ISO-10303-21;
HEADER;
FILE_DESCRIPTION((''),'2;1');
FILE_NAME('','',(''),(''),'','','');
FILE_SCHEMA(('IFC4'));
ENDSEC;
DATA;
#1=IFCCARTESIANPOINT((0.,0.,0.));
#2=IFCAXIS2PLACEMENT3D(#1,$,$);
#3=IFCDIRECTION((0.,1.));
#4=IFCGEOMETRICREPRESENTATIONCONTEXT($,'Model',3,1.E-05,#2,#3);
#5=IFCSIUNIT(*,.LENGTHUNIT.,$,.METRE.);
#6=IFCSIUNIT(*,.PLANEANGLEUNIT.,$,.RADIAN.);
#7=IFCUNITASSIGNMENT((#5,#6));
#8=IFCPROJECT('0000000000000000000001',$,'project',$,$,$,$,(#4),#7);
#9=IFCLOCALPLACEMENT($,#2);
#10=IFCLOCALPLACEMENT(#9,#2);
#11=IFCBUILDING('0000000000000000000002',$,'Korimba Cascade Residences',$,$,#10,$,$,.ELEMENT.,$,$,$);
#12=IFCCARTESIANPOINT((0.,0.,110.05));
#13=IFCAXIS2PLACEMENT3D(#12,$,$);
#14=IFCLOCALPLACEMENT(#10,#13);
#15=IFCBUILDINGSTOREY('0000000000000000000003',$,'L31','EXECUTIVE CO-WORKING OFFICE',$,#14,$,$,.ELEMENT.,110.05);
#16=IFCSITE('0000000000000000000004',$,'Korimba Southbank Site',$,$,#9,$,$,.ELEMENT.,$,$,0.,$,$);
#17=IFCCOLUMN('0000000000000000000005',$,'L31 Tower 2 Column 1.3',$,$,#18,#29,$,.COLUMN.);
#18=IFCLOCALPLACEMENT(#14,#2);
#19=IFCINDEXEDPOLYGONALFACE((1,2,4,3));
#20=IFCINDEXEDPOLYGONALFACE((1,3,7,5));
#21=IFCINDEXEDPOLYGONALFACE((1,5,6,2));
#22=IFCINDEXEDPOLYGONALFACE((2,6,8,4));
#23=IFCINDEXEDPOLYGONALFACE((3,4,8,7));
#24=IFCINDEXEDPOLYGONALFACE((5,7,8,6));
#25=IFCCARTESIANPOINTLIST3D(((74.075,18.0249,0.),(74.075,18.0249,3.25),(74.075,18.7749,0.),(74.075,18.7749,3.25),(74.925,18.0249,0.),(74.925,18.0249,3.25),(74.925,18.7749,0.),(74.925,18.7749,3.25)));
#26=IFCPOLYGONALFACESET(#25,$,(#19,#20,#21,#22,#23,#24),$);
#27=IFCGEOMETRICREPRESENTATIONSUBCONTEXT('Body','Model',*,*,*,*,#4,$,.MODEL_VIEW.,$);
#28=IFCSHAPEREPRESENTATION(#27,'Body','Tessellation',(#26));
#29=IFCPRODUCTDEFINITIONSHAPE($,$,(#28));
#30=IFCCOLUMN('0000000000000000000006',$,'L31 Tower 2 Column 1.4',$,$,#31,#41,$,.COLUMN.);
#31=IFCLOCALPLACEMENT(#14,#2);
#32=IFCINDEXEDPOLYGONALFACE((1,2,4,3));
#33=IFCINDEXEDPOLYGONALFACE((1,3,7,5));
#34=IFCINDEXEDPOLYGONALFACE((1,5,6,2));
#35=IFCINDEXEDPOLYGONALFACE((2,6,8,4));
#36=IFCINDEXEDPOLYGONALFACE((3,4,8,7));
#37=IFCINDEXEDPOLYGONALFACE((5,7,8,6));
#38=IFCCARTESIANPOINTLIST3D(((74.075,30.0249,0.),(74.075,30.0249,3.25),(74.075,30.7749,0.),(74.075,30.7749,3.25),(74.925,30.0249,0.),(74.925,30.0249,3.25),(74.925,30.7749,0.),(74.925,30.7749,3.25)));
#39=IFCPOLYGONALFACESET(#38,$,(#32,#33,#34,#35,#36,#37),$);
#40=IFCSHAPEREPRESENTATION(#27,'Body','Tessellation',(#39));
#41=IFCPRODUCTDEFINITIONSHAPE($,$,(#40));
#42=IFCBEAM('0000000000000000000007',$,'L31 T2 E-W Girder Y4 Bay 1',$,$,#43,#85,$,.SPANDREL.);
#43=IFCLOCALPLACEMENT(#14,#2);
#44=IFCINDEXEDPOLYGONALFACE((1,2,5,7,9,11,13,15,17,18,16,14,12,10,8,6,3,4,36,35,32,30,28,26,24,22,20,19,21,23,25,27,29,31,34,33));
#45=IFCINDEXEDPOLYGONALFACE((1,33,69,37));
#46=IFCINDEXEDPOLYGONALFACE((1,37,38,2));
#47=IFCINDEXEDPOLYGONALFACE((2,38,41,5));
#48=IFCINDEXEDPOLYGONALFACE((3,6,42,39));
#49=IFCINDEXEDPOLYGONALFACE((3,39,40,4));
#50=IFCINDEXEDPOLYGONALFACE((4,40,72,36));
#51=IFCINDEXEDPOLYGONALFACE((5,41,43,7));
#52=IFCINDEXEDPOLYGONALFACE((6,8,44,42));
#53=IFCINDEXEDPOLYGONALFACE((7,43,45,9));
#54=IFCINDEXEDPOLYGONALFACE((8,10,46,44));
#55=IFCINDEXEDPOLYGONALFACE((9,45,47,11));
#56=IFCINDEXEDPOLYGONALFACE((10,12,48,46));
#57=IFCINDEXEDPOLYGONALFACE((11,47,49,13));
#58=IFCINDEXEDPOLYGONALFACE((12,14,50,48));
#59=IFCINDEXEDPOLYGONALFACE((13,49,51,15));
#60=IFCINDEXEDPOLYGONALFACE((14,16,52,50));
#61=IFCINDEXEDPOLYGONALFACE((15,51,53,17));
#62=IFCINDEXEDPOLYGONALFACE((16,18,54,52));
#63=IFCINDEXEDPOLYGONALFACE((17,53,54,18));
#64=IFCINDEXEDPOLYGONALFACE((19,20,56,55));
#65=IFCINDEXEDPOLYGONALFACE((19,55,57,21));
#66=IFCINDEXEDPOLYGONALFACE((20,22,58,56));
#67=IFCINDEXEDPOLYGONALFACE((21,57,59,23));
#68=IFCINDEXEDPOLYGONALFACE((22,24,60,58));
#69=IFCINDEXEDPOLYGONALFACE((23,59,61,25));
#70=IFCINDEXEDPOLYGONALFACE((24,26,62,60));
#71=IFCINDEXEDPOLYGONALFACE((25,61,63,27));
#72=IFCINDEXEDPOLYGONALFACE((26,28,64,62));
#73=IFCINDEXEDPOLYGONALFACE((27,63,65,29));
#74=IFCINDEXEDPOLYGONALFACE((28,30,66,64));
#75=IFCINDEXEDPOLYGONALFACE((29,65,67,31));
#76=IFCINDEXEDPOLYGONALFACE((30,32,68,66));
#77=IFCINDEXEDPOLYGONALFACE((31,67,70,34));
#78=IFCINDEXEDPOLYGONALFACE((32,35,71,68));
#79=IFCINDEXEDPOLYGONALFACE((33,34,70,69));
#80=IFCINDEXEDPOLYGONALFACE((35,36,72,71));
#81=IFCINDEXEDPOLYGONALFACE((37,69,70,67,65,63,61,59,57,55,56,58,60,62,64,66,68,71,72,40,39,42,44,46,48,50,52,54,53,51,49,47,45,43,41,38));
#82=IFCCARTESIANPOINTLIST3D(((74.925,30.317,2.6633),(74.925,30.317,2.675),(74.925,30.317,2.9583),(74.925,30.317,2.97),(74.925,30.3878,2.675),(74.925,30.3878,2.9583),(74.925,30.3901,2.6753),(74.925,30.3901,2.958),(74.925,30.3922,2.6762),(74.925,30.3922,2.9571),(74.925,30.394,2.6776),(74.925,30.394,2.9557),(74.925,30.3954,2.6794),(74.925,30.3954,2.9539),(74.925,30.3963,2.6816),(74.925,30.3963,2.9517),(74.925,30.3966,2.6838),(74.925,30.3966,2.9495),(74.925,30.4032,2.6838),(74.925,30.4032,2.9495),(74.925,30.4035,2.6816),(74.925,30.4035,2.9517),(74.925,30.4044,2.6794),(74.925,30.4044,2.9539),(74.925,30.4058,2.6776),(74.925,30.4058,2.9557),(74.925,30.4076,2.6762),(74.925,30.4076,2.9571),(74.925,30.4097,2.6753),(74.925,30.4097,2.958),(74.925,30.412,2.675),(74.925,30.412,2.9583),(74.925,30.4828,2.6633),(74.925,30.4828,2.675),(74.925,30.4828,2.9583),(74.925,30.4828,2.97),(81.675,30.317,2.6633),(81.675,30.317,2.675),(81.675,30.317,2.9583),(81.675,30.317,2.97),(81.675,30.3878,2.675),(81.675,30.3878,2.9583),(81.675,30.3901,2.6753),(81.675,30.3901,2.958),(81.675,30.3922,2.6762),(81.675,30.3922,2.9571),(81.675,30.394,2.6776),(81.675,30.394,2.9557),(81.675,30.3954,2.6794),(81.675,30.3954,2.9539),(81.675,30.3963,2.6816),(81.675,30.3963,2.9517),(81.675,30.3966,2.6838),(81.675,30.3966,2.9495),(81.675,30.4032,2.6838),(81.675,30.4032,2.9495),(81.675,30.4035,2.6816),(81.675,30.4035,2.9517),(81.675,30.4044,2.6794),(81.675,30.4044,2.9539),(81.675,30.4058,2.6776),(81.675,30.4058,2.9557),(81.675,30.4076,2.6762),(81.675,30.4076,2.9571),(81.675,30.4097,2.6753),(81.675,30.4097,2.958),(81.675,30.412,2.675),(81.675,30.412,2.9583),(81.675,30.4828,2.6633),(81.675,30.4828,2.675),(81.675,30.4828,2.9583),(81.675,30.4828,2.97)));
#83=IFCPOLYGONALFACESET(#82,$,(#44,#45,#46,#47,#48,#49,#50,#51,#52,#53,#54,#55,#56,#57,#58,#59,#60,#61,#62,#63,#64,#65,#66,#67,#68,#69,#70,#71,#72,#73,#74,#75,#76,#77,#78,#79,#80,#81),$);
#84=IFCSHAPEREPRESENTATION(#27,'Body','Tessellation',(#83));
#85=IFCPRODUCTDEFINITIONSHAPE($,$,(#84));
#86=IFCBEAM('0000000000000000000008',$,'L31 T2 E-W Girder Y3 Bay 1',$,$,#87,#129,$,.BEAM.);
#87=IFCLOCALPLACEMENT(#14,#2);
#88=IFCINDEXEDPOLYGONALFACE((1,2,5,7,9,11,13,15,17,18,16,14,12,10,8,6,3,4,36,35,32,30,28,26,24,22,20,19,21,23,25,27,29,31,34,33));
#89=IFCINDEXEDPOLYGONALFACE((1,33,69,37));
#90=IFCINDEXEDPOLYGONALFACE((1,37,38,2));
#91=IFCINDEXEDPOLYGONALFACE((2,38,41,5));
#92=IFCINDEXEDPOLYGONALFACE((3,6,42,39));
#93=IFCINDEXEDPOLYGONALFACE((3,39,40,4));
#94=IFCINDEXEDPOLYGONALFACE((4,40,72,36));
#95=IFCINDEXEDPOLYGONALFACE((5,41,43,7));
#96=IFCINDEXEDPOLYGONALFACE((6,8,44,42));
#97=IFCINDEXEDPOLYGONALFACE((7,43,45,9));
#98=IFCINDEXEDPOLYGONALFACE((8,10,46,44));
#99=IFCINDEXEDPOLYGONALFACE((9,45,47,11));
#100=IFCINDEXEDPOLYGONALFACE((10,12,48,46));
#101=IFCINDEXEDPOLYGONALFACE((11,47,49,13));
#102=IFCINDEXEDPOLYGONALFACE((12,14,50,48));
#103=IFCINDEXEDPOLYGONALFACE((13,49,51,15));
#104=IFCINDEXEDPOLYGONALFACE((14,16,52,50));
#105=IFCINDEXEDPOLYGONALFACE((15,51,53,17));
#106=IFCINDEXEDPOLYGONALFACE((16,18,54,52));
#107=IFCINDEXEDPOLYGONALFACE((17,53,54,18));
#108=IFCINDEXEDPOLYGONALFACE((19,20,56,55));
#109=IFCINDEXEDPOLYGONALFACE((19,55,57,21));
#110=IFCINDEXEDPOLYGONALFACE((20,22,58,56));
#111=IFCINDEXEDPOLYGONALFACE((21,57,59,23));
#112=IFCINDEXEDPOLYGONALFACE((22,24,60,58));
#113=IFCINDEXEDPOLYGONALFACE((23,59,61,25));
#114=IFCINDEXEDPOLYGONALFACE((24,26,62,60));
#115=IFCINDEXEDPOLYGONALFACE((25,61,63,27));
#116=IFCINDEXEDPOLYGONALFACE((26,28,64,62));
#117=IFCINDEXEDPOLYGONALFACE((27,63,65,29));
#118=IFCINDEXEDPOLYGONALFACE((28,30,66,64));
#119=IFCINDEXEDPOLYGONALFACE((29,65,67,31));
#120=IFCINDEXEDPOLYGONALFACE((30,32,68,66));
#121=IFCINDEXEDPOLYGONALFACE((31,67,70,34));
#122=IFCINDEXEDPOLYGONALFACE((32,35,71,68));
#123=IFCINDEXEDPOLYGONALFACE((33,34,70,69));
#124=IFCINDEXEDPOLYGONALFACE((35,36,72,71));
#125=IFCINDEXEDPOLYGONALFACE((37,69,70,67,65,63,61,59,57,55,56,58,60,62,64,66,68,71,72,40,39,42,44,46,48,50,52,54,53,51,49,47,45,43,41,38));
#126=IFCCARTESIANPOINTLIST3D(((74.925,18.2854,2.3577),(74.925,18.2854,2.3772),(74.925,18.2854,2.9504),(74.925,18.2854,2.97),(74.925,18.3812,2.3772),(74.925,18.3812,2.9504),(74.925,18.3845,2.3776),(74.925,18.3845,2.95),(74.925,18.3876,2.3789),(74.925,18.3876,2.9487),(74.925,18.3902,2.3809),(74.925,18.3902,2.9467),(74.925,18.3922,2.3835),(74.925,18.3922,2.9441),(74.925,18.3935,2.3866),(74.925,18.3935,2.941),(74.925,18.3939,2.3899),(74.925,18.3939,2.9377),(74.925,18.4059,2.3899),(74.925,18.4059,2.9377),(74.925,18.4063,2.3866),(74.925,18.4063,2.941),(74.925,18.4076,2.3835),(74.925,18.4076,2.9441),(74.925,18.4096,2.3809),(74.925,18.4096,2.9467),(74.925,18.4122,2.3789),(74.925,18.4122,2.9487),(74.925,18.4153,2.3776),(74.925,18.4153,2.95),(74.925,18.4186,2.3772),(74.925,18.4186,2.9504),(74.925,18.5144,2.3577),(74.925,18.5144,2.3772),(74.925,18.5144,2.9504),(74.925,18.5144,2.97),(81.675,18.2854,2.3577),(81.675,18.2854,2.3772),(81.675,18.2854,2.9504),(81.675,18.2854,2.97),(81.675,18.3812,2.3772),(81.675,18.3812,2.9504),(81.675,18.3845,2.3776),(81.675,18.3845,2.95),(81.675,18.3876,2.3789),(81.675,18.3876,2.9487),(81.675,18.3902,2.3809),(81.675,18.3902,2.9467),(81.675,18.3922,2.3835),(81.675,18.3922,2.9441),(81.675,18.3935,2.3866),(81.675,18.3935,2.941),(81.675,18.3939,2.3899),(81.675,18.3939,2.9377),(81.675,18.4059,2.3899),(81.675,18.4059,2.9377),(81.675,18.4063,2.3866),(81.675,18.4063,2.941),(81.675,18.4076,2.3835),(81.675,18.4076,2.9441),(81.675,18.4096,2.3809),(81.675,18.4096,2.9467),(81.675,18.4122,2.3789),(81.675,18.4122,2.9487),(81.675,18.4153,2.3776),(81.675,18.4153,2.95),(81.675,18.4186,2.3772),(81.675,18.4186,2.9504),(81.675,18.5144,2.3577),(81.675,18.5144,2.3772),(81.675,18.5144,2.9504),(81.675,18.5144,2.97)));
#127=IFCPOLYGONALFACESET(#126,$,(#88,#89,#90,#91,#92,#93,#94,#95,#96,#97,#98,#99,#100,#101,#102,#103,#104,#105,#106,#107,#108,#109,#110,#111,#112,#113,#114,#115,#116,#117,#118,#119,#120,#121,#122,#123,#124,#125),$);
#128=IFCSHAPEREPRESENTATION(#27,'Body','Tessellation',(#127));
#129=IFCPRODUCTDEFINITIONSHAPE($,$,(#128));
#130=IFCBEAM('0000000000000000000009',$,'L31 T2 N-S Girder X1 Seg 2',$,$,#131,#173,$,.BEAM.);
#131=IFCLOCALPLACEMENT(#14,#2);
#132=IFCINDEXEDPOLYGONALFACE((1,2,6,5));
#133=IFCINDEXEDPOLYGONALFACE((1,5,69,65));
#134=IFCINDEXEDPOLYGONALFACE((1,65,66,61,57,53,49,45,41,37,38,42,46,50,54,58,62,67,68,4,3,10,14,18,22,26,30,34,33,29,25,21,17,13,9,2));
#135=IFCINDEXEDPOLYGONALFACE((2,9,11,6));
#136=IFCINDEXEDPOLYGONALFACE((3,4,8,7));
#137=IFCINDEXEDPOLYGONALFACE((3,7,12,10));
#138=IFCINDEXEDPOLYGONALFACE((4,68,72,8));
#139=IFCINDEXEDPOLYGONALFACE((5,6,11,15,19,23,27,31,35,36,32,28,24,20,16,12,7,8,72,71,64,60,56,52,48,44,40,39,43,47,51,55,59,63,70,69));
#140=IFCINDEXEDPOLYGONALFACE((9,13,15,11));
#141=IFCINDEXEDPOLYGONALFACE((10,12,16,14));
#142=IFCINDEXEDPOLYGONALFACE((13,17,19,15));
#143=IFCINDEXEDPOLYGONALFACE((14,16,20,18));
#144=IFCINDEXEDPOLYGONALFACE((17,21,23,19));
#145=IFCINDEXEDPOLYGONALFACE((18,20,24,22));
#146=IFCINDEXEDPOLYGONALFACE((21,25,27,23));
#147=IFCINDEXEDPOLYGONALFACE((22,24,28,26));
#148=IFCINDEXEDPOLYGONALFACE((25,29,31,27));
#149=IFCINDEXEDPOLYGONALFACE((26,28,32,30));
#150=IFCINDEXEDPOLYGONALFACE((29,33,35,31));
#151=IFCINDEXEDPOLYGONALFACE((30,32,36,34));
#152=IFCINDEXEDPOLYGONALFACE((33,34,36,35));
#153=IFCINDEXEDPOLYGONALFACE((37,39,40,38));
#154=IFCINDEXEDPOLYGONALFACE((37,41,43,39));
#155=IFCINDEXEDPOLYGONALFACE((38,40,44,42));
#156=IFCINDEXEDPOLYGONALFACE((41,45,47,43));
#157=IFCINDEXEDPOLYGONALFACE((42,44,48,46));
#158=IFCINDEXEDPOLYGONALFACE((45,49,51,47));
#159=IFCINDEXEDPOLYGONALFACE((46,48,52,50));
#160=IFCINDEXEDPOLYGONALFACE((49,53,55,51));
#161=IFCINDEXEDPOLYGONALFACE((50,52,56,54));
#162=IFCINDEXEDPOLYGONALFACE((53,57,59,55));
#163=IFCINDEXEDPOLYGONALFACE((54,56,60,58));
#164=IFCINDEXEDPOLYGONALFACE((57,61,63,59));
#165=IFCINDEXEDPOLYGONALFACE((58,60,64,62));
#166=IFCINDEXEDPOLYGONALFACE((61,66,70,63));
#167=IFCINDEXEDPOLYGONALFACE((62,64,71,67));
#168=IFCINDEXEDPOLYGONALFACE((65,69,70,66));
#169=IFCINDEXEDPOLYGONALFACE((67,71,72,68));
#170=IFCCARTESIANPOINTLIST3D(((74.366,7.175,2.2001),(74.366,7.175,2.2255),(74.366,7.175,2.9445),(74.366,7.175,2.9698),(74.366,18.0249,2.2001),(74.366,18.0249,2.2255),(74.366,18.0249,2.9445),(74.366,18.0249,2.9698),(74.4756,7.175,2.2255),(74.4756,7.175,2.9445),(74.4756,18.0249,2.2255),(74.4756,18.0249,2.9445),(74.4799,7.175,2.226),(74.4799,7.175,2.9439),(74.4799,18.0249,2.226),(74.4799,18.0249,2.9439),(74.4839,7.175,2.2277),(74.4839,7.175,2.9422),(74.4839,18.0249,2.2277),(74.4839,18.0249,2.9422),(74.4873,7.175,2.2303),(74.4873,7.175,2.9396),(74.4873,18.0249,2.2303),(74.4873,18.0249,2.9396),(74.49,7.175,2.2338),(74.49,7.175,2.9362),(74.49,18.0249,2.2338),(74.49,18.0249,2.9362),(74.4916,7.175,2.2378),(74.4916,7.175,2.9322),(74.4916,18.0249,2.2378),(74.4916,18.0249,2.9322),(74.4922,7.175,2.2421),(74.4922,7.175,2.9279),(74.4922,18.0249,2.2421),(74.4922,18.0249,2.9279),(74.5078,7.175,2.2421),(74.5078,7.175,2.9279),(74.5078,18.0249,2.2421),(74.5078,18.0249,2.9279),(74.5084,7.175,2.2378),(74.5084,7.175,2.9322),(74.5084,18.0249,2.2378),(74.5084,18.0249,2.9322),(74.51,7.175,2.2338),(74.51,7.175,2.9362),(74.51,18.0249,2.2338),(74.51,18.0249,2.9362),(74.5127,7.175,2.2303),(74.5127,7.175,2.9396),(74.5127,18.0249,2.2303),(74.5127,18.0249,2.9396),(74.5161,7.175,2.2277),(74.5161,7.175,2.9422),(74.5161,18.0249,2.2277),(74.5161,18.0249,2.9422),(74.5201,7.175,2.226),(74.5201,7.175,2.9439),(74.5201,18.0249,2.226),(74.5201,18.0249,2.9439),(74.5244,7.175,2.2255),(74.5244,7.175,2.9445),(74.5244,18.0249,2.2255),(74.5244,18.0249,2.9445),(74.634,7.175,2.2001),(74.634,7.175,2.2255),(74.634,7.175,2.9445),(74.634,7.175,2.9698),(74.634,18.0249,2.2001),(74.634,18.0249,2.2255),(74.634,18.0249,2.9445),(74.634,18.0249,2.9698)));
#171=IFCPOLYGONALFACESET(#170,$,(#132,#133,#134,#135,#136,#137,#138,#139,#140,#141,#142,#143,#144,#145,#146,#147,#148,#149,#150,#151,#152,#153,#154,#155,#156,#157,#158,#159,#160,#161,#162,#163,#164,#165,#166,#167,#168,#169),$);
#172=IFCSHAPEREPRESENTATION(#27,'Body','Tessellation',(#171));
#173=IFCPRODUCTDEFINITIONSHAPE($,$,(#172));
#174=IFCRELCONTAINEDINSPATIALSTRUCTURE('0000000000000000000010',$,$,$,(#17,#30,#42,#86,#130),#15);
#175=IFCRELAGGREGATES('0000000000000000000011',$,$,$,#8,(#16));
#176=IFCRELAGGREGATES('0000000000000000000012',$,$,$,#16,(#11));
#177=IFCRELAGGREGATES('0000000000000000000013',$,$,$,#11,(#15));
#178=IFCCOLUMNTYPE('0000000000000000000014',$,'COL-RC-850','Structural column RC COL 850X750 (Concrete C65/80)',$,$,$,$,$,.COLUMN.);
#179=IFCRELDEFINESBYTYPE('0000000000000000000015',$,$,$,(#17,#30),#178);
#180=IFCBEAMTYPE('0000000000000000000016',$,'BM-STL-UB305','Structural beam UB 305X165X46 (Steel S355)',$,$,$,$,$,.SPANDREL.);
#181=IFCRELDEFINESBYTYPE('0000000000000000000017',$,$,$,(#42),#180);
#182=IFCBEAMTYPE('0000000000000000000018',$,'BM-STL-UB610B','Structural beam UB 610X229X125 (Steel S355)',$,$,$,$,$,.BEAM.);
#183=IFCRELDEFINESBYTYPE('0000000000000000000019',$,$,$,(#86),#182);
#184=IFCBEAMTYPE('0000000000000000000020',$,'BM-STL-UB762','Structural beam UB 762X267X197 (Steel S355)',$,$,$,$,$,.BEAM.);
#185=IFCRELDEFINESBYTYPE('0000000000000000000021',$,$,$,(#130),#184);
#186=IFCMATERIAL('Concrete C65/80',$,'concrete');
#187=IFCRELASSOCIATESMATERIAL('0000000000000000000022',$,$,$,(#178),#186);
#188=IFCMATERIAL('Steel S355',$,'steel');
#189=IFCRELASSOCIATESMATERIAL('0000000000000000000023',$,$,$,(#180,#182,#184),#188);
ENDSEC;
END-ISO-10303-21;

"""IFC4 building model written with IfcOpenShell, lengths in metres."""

from ifc_helpers import new_model, si_unit, direction, frame, origin, origin_2d, place, context, subcontext, project, spatial, rectangle, i_section, extrude, material, material_profile, profile_set, type_object, element, save


model = new_model("IFC4")

# Units and contexts
model_context = context("Model", 3, precision=1e-05, world=origin(), true_north=direction((0.0, 1.0)))
body_context = subcontext(model_context, "Body", "Model", "MODEL_VIEW")
ifc_project = project(units=[si_unit("LENGTHUNIT", "METRE"), si_unit("PLANEANGLEUNIT", "RADIAN")], contexts=[model_context])

# Site, building, storey
site_placement = place(None, origin())
site = spatial("IfcSite", under=ifc_project, at=site_placement, Name="Korimba Southbank Site", CompositionType="ELEMENT", RefElevation=0.0)
building_placement = place(site_placement, origin())
building = spatial("IfcBuilding", under=site, at=building_placement, Name="Korimba Cascade Residences", CompositionType="ELEMENT")
storey_placement = place(building_placement, frame((0.0, 0.0, 110.05)))
storey = spatial("IfcBuildingStorey", under=building, at=storey_placement, Name="L31", Description="EXECUTIVE CO-WORKING OFFICE", CompositionType="ELEMENT", Elevation=110.05)

# Columns
ifc_material_1 = material(Name="Concrete C65/80", Category="concrete")
ifc_material_profile_1 = material_profile(ifc_material_1, rectangle(XDim=0.8501, YDim=0.75, at=origin_2d()), Name="Concrete C65/80")
ifc_profile_set_1 = profile_set([ifc_material_profile_1], Name="Concrete C65/80")
column_type = type_object("IfcColumnType", Name="COL-RC-850", Description="Structural column RC COL 850X750 (Concrete C65/80)", PredefinedType="COLUMN", material=ifc_profile_set_1)
for number, where, z_axis, x_axis, name in (
    (1, (74.5, 18.3999, 0.0), (0.0, 0.0, 1.0), (1.0, 0.0, 0.0), "L31 Tower 2 Column 1.3"),
    (2, (74.5, 30.3999, 0.0), (0.0, 0.0, 1.0), (1.0, 0.0, 0.0), "L31 Tower 2 Column 1.4"),
):
    element("IfcColumn", number, at=place(storey_placement, frame(where, z_axis=z_axis, x_axis=x_axis)), inside=storey, type_object=column_type, Name=name, PredefinedType="COLUMN", context=body_context, shape_type="SweptSolid", body=[
        extrude(rectangle(XDim=0.8501, YDim=0.75, at=origin_2d()), origin(), (0.0, 0.0, 1.0), 3.25),
    ])

# Beams
ifc_material_2 = material(Name="Steel S355", Category="steel")
ifc_material_profile_2 = material_profile(ifc_material_2, i_section(OverallWidth=0.1658, OverallDepth=0.3066, WebThickness=0.0066, FlangeThickness=0.0117, FilletRadius=0.0088, at=origin_2d()), Name="Steel S355")
ifc_profile_set_2 = profile_set([ifc_material_profile_2], Name="Steel S355")
beam_type_1 = type_object("IfcBeamType", Name="BM-STL-UB305", Description="Structural beam UB 305X165X46 (Steel S355)", PredefinedType="SPANDREL", material=ifc_profile_set_2)
beam_1_placement = place(storey_placement, frame((74.925, 30.3999, 2.8167), z_axis=(1.0, 0.0, 0.0), x_axis=(0.0, 1.0, 0.0)))
element("IfcBeam", 3, at=beam_1_placement, inside=storey, type_object=beam_type_1, Name="L31 T2 E-W Girder Y4 Bay 1", PredefinedType="SPANDREL", context=body_context, shape_type="SweptSolid", body=[
    extrude(i_section(OverallWidth=0.1658, OverallDepth=0.3066, WebThickness=0.0066, FlangeThickness=0.0117, FilletRadius=0.0088, at=origin_2d()), origin(), (0.0, 0.0, 1.0), 6.75),
])
ifc_material_profile_3 = material_profile(ifc_material_2, i_section(OverallWidth=0.229, OverallDepth=0.6123, WebThickness=0.012, FlangeThickness=0.0195, FilletRadius=0.0127, at=origin_2d()), Name="Steel S355")
ifc_profile_set_3 = profile_set([ifc_material_profile_3], Name="Steel S355")
beam_type_2 = type_object("IfcBeamType", Name="BM-STL-UB610B", Description="Structural beam UB 610X229X125 (Steel S355)", PredefinedType="BEAM", material=ifc_profile_set_3)
beam_2_placement = place(storey_placement, frame((74.925, 18.3999, 2.6638), z_axis=(1.0, 0.0, 0.0), x_axis=(0.0, 1.0, 0.0)))
element("IfcBeam", 4, at=beam_2_placement, inside=storey, type_object=beam_type_2, Name="L31 T2 E-W Girder Y3 Bay 1", PredefinedType="BEAM", context=body_context, shape_type="SweptSolid", body=[
    extrude(i_section(OverallWidth=0.229, OverallDepth=0.6123, WebThickness=0.012, FlangeThickness=0.0195, FilletRadius=0.0127, at=origin_2d()), origin(), (0.0, 0.0, 1.0), 6.75),
])
ifc_material_profile_4 = material_profile(ifc_material_2, i_section(OverallWidth=0.2681, OverallDepth=0.7698, WebThickness=0.0156, FlangeThickness=0.0254, FilletRadius=0.0166, at=origin_2d()), Name="Steel S355")
ifc_profile_set_4 = profile_set([ifc_material_profile_4], Name="Steel S355")
beam_type_3 = type_object("IfcBeamType", Name="BM-STL-UB762", Description="Structural beam UB 762X267X197 (Steel S355)", PredefinedType="BEAM", material=ifc_profile_set_4)
beam_3_placement = place(storey_placement, frame((74.5, 7.175, 2.585), z_axis=(0.0, 1.0, 0.0), x_axis=(-1.0, 0.0, 0.0)))
element("IfcBeam", 5, at=beam_3_placement, inside=storey, type_object=beam_type_3, Name="L31 T2 N-S Girder X1 Seg 2", PredefinedType="BEAM", context=body_context, shape_type="SweptSolid", body=[
    extrude(i_section(OverallWidth=0.2681, OverallDepth=0.7698, WebThickness=0.0156, FlangeThickness=0.0254, FilletRadius=0.0166, at=origin_2d()), origin(), (0.0, 0.0, 1.0), 10.8499),
])

save(model, "model.ifc")
